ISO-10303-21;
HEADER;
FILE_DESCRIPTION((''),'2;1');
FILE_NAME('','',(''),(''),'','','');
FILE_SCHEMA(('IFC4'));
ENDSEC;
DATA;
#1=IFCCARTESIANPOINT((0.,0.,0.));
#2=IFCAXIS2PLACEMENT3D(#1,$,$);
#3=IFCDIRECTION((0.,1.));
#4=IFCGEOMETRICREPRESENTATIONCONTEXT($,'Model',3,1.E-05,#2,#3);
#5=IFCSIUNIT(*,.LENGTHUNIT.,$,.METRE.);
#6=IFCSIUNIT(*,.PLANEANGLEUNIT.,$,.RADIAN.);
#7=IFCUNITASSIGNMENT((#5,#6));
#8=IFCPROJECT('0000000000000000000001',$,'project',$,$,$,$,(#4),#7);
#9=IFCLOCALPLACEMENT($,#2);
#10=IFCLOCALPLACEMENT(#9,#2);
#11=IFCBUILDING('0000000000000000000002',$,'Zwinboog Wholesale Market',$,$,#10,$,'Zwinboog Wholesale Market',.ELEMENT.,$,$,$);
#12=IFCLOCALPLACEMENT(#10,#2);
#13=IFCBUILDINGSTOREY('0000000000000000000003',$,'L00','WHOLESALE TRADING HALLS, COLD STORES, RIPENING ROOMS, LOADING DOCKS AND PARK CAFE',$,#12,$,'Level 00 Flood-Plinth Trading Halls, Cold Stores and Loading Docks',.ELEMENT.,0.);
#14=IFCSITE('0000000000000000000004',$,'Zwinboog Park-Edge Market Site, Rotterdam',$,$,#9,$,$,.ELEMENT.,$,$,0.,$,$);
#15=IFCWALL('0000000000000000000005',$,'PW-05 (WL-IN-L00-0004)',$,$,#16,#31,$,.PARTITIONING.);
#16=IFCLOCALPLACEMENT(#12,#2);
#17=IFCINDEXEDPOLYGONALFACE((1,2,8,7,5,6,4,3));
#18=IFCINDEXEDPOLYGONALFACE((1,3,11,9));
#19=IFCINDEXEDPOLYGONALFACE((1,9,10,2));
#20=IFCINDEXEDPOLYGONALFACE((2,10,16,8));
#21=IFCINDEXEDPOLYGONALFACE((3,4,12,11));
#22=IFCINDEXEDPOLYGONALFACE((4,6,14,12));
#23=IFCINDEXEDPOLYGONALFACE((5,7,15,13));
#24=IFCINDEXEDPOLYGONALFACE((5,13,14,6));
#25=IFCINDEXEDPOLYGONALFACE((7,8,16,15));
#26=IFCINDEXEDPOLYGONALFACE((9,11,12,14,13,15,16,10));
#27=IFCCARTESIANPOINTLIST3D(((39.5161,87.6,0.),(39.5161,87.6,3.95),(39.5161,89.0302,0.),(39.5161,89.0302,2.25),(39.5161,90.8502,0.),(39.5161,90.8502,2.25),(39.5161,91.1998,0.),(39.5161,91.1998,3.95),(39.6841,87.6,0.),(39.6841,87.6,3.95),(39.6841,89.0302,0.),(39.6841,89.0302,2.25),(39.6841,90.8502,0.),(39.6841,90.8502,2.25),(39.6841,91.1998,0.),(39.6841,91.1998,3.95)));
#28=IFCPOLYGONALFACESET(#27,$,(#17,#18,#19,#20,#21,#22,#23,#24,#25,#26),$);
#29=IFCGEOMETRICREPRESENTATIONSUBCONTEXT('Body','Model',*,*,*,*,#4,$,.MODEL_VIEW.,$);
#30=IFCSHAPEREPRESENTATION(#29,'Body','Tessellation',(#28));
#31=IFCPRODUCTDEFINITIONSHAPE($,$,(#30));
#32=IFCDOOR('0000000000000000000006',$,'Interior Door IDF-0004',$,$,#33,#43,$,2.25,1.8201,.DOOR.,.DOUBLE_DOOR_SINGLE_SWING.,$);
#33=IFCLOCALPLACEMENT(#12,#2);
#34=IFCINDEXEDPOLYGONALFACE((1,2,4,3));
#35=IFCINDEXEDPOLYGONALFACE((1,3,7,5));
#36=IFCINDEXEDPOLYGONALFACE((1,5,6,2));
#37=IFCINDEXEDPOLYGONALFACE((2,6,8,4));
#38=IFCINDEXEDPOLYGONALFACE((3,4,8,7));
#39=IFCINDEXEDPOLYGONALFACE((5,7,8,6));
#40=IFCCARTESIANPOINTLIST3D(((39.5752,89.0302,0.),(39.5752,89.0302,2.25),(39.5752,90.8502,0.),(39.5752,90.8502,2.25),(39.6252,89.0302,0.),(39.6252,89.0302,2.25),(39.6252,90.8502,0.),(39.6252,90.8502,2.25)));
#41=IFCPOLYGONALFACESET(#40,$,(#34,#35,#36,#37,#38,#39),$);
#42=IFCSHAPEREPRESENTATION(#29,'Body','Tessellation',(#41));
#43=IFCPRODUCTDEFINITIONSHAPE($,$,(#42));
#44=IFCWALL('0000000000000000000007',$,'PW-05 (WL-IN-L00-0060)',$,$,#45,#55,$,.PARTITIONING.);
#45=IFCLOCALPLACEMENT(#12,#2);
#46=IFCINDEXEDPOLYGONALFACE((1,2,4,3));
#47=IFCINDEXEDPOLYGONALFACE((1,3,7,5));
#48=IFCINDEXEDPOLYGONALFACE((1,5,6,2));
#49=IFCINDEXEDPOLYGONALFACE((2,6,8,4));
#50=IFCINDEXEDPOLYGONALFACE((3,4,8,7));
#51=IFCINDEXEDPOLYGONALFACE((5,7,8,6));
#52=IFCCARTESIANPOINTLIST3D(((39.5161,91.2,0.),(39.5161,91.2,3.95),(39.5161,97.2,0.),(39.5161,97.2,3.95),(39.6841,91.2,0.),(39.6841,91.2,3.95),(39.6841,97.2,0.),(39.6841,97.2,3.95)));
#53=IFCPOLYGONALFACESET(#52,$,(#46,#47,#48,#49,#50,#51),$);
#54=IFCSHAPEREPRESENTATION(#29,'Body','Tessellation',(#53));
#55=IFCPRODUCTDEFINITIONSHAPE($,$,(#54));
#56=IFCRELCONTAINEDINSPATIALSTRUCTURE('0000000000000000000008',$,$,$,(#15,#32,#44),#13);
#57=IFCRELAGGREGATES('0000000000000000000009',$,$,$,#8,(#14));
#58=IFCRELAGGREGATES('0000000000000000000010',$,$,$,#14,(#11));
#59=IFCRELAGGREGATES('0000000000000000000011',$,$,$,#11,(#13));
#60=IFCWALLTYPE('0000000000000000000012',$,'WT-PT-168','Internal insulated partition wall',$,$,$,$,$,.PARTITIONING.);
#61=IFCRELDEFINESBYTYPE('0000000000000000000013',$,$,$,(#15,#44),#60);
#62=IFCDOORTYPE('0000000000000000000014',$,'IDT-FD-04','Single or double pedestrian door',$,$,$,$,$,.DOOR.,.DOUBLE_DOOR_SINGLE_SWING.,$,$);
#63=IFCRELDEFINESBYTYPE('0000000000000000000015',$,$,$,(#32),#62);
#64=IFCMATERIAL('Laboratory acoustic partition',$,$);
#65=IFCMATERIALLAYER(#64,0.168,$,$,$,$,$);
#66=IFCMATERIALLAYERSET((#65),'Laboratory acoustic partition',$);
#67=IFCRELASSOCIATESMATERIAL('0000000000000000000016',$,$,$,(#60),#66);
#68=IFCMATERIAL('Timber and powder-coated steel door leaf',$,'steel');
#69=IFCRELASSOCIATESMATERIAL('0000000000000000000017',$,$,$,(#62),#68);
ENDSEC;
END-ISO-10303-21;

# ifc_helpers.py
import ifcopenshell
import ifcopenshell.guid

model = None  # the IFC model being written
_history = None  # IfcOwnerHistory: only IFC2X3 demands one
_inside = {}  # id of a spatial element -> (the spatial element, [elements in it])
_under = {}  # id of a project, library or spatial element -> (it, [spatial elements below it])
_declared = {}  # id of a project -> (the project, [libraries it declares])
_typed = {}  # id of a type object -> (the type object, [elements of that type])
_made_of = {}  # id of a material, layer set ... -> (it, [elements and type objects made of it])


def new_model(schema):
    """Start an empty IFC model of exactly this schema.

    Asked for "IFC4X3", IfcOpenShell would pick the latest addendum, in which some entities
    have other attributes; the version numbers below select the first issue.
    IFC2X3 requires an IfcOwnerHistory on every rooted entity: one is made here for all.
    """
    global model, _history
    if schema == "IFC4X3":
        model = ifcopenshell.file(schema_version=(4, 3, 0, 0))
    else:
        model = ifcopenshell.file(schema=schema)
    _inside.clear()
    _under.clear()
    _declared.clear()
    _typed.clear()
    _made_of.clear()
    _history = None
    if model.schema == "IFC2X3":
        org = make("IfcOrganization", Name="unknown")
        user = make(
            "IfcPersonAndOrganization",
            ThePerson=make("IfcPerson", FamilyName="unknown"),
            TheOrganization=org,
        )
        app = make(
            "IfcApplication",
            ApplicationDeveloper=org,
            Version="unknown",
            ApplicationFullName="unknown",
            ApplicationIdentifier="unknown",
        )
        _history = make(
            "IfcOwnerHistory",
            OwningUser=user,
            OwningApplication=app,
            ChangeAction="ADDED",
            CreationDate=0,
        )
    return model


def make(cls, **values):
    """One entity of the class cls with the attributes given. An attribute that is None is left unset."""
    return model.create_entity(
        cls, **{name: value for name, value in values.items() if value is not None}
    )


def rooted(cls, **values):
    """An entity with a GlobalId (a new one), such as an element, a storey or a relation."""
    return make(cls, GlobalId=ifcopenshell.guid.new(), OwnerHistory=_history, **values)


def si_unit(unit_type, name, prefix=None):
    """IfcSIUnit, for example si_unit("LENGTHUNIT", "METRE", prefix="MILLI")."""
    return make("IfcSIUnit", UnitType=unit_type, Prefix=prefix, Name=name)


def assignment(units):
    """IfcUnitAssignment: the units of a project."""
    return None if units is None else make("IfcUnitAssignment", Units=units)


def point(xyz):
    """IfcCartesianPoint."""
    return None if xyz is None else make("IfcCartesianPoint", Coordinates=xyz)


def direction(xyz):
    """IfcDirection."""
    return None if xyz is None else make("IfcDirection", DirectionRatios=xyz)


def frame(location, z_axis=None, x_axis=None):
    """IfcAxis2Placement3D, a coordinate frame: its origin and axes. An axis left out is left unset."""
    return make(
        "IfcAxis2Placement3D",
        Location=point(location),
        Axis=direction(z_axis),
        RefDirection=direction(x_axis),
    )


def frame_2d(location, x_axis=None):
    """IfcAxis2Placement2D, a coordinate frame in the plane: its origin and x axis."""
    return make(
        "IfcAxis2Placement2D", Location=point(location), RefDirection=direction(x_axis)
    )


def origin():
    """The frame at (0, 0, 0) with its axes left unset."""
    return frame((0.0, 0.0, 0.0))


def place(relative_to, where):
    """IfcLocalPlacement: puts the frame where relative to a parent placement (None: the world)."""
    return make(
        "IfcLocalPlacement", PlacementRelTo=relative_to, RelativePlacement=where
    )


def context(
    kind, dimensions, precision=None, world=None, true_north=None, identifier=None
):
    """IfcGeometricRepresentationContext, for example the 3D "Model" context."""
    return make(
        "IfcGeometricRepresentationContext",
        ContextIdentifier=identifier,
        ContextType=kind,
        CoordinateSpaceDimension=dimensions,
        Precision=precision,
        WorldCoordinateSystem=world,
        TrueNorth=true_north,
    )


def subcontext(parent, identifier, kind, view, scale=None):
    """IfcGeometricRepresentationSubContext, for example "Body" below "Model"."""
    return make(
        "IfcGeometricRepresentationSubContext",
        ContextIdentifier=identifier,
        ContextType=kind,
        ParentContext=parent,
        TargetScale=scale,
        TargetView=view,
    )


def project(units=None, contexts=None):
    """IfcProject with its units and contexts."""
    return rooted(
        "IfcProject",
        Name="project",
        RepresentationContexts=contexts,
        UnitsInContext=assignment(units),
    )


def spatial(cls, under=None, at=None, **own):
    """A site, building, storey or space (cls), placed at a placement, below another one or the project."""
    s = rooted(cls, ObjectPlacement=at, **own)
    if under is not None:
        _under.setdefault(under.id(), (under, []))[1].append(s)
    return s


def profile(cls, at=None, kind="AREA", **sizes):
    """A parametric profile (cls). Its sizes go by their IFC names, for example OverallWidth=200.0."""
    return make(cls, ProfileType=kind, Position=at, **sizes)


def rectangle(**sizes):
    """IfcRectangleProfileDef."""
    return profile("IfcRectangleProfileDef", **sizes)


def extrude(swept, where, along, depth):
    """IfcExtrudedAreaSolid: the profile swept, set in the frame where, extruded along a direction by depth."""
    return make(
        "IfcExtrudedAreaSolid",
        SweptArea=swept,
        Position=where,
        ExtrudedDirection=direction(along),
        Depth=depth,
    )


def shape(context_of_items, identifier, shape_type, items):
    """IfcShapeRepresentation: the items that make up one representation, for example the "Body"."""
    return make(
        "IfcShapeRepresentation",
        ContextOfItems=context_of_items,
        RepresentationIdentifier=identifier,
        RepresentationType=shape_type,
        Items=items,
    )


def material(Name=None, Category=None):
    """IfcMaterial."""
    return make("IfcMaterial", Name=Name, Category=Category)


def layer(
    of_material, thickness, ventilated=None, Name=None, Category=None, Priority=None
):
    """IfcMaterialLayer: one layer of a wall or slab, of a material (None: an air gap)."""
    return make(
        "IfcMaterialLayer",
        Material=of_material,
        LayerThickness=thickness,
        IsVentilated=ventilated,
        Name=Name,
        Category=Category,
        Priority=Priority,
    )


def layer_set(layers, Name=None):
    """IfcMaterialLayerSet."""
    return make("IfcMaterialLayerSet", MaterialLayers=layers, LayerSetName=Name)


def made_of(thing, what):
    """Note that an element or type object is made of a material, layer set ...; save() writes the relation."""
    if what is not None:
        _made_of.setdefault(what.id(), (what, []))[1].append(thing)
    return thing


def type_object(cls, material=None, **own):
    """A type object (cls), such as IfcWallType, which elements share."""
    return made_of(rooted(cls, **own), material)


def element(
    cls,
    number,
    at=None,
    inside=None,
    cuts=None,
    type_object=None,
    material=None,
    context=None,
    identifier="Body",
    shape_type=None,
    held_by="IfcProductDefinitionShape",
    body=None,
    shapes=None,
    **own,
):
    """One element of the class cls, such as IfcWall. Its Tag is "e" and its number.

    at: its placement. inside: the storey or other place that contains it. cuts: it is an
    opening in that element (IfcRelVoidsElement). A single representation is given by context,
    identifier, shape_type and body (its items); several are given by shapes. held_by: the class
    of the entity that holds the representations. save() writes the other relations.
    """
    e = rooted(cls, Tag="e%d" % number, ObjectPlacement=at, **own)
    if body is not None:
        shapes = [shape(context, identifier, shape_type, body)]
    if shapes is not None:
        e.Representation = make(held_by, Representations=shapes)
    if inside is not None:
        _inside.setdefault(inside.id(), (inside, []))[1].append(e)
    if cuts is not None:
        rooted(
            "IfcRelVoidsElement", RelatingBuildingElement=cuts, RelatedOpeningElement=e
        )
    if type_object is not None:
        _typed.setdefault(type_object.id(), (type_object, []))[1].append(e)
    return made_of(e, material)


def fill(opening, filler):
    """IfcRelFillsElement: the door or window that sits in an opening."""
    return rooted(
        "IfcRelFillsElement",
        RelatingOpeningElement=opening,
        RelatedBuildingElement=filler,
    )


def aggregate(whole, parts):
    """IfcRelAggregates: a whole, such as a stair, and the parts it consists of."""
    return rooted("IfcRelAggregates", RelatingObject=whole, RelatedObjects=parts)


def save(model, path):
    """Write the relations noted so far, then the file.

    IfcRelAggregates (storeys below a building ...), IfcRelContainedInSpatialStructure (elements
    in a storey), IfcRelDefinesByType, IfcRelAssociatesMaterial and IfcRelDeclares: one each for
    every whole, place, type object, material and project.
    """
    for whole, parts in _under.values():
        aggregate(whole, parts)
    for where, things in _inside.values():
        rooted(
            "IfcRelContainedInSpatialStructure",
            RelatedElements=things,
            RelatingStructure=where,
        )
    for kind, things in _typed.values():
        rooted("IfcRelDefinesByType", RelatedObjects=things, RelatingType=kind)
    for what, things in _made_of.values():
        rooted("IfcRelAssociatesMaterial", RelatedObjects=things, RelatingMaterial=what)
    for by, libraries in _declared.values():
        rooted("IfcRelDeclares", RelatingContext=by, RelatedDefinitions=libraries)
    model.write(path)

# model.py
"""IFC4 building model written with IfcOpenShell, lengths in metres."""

from ifc_helpers import new_model, si_unit, direction, frame, frame_2d, origin, place, context, subcontext, project, spatial, rectangle, extrude, material, layer, layer_set, type_object, element, fill, save


model = new_model("IFC4")

# Units and contexts
model_context = context("Model", 3, precision=1e-05, world=origin(), true_north=direction((0.0, 1.0)))
body_context = subcontext(model_context, "Body", "Model", "MODEL_VIEW")
ifc_project = project(units=[si_unit("LENGTHUNIT", "METRE"), si_unit("PLANEANGLEUNIT", "RADIAN")], contexts=[model_context])

# Site, building, storey
site_placement = place(None, origin())
site = spatial("IfcSite", under=ifc_project, at=site_placement, Name="Zwinboog Park-Edge Market Site, Rotterdam", CompositionType="ELEMENT", RefElevation=0.0)
building_placement = place(site_placement, origin())
building = spatial("IfcBuilding", under=site, at=building_placement, Name="Zwinboog Wholesale Market", LongName="Zwinboog Wholesale Market", CompositionType="ELEMENT")
storey_placement = place(building_placement, origin())
storey = spatial("IfcBuildingStorey", under=building, at=storey_placement, Name="L00", Description="WHOLESALE TRADING HALLS, COLD STORES, RIPENING ROOMS, LOADING DOCKS AND PARK CAFE", LongName="Level 00 Flood-Plinth Trading Halls, Cold Stores and Loading Docks", CompositionType="ELEMENT", Elevation=0.0)

# Shared definitions
ifc_material_1 = material(Name="Timber and powder-coated steel door leaf", Category="steel")

# Wall, opening, door
ifc_material_2 = material(Name="Laboratory acoustic partition")
ifc_layer_1 = layer(ifc_material_2, 0.168)
ifc_layer_set_1 = layer_set([ifc_layer_1], Name="Laboratory acoustic partition")
wall_type_1 = type_object("IfcWallType", Name="WT-PT-168", Description="Internal insulated partition wall", PredefinedType="PARTITIONING", material=ifc_layer_set_1)
wall_1_placement = place(storey_placement, frame((39.6001, 87.6001, 0.0), z_axis=(0.0, 0.0, 1.0), x_axis=(0.0, 1.0, 0.0)))
wall_1 = element("IfcWall", 1, at=wall_1_placement, inside=storey, type_object=wall_type_1, Name="PW-05 (WL-IN-L00-0004)", PredefinedType="PARTITIONING", context=body_context, shape_type="SweptSolid", body=[
    extrude(rectangle(XDim=3.5999, YDim=0.168, at=frame_2d((1.7998, 0.0))), origin(), (0.0, 0.0, 1.0), 3.95),
])
opening_1_placement = place(wall_1_placement, frame((1.4299, 0.0, 0.0)))
opening_1 = element("IfcOpeningElement", 2, at=opening_1_placement, cuts=wall_1, PredefinedType="OPENING", context=body_context, shape_type="SweptSolid", body=[
    extrude(rectangle(XDim=1.8201, YDim=2.25, at=frame_2d((0.9102, 1.125))), frame((0.0, 0.094, 0.0), z_axis=(0.0, -1.0, 0.0), x_axis=(1.0, 0.0, 0.0)), (0.0, 0.0, 1.0), 0.188),
])
door_type_1 = type_object("IfcDoorType", Name="IDT-FD-04", Description="Single or double pedestrian door", OperationType="DOUBLE_DOOR_SINGLE_SWING", PredefinedType="DOOR", material=ifc_material_1)
door_1_placement = place(opening_1_placement, origin())
door_1 = element("IfcDoor", 3, at=door_1_placement, inside=storey, type_object=door_type_1, Name="Interior Door IDF-0004", OperationType="DOUBLE_DOOR_SINGLE_SWING", OverallHeight=2.25, OverallWidth=1.8201, PredefinedType="DOOR", context=body_context, shape_type="SweptSolid", body=[
    extrude(rectangle(XDim=1.8201, YDim=2.25, at=frame_2d((0.9102, 1.125))), frame((0.0, 0.0249, 0.0), z_axis=(0.0, -1.0, 0.0), x_axis=(1.0, 0.0, 0.0)), (0.0, 0.0, 1.0), 0.05),
])
fill(opening_1, door_1)

# Wall
wall_2_placement = place(storey_placement, frame((39.6001, 91.2, 0.0), z_axis=(0.0, 0.0, 1.0), x_axis=(0.0, 1.0, 0.0)))
element("IfcWall", 4, at=wall_2_placement, inside=storey, type_object=wall_type_1, Name="PW-05 (WL-IN-L00-0060)", PredefinedType="PARTITIONING", context=body_context, shape_type="SweptSolid", body=[
    extrude(rectangle(XDim=6.0, YDim=0.168, at=frame_2d((3.0, 0.0))), origin(), (0.0, 0.0, 1.0), 3.95),
])

save(model, "model.ifc")
